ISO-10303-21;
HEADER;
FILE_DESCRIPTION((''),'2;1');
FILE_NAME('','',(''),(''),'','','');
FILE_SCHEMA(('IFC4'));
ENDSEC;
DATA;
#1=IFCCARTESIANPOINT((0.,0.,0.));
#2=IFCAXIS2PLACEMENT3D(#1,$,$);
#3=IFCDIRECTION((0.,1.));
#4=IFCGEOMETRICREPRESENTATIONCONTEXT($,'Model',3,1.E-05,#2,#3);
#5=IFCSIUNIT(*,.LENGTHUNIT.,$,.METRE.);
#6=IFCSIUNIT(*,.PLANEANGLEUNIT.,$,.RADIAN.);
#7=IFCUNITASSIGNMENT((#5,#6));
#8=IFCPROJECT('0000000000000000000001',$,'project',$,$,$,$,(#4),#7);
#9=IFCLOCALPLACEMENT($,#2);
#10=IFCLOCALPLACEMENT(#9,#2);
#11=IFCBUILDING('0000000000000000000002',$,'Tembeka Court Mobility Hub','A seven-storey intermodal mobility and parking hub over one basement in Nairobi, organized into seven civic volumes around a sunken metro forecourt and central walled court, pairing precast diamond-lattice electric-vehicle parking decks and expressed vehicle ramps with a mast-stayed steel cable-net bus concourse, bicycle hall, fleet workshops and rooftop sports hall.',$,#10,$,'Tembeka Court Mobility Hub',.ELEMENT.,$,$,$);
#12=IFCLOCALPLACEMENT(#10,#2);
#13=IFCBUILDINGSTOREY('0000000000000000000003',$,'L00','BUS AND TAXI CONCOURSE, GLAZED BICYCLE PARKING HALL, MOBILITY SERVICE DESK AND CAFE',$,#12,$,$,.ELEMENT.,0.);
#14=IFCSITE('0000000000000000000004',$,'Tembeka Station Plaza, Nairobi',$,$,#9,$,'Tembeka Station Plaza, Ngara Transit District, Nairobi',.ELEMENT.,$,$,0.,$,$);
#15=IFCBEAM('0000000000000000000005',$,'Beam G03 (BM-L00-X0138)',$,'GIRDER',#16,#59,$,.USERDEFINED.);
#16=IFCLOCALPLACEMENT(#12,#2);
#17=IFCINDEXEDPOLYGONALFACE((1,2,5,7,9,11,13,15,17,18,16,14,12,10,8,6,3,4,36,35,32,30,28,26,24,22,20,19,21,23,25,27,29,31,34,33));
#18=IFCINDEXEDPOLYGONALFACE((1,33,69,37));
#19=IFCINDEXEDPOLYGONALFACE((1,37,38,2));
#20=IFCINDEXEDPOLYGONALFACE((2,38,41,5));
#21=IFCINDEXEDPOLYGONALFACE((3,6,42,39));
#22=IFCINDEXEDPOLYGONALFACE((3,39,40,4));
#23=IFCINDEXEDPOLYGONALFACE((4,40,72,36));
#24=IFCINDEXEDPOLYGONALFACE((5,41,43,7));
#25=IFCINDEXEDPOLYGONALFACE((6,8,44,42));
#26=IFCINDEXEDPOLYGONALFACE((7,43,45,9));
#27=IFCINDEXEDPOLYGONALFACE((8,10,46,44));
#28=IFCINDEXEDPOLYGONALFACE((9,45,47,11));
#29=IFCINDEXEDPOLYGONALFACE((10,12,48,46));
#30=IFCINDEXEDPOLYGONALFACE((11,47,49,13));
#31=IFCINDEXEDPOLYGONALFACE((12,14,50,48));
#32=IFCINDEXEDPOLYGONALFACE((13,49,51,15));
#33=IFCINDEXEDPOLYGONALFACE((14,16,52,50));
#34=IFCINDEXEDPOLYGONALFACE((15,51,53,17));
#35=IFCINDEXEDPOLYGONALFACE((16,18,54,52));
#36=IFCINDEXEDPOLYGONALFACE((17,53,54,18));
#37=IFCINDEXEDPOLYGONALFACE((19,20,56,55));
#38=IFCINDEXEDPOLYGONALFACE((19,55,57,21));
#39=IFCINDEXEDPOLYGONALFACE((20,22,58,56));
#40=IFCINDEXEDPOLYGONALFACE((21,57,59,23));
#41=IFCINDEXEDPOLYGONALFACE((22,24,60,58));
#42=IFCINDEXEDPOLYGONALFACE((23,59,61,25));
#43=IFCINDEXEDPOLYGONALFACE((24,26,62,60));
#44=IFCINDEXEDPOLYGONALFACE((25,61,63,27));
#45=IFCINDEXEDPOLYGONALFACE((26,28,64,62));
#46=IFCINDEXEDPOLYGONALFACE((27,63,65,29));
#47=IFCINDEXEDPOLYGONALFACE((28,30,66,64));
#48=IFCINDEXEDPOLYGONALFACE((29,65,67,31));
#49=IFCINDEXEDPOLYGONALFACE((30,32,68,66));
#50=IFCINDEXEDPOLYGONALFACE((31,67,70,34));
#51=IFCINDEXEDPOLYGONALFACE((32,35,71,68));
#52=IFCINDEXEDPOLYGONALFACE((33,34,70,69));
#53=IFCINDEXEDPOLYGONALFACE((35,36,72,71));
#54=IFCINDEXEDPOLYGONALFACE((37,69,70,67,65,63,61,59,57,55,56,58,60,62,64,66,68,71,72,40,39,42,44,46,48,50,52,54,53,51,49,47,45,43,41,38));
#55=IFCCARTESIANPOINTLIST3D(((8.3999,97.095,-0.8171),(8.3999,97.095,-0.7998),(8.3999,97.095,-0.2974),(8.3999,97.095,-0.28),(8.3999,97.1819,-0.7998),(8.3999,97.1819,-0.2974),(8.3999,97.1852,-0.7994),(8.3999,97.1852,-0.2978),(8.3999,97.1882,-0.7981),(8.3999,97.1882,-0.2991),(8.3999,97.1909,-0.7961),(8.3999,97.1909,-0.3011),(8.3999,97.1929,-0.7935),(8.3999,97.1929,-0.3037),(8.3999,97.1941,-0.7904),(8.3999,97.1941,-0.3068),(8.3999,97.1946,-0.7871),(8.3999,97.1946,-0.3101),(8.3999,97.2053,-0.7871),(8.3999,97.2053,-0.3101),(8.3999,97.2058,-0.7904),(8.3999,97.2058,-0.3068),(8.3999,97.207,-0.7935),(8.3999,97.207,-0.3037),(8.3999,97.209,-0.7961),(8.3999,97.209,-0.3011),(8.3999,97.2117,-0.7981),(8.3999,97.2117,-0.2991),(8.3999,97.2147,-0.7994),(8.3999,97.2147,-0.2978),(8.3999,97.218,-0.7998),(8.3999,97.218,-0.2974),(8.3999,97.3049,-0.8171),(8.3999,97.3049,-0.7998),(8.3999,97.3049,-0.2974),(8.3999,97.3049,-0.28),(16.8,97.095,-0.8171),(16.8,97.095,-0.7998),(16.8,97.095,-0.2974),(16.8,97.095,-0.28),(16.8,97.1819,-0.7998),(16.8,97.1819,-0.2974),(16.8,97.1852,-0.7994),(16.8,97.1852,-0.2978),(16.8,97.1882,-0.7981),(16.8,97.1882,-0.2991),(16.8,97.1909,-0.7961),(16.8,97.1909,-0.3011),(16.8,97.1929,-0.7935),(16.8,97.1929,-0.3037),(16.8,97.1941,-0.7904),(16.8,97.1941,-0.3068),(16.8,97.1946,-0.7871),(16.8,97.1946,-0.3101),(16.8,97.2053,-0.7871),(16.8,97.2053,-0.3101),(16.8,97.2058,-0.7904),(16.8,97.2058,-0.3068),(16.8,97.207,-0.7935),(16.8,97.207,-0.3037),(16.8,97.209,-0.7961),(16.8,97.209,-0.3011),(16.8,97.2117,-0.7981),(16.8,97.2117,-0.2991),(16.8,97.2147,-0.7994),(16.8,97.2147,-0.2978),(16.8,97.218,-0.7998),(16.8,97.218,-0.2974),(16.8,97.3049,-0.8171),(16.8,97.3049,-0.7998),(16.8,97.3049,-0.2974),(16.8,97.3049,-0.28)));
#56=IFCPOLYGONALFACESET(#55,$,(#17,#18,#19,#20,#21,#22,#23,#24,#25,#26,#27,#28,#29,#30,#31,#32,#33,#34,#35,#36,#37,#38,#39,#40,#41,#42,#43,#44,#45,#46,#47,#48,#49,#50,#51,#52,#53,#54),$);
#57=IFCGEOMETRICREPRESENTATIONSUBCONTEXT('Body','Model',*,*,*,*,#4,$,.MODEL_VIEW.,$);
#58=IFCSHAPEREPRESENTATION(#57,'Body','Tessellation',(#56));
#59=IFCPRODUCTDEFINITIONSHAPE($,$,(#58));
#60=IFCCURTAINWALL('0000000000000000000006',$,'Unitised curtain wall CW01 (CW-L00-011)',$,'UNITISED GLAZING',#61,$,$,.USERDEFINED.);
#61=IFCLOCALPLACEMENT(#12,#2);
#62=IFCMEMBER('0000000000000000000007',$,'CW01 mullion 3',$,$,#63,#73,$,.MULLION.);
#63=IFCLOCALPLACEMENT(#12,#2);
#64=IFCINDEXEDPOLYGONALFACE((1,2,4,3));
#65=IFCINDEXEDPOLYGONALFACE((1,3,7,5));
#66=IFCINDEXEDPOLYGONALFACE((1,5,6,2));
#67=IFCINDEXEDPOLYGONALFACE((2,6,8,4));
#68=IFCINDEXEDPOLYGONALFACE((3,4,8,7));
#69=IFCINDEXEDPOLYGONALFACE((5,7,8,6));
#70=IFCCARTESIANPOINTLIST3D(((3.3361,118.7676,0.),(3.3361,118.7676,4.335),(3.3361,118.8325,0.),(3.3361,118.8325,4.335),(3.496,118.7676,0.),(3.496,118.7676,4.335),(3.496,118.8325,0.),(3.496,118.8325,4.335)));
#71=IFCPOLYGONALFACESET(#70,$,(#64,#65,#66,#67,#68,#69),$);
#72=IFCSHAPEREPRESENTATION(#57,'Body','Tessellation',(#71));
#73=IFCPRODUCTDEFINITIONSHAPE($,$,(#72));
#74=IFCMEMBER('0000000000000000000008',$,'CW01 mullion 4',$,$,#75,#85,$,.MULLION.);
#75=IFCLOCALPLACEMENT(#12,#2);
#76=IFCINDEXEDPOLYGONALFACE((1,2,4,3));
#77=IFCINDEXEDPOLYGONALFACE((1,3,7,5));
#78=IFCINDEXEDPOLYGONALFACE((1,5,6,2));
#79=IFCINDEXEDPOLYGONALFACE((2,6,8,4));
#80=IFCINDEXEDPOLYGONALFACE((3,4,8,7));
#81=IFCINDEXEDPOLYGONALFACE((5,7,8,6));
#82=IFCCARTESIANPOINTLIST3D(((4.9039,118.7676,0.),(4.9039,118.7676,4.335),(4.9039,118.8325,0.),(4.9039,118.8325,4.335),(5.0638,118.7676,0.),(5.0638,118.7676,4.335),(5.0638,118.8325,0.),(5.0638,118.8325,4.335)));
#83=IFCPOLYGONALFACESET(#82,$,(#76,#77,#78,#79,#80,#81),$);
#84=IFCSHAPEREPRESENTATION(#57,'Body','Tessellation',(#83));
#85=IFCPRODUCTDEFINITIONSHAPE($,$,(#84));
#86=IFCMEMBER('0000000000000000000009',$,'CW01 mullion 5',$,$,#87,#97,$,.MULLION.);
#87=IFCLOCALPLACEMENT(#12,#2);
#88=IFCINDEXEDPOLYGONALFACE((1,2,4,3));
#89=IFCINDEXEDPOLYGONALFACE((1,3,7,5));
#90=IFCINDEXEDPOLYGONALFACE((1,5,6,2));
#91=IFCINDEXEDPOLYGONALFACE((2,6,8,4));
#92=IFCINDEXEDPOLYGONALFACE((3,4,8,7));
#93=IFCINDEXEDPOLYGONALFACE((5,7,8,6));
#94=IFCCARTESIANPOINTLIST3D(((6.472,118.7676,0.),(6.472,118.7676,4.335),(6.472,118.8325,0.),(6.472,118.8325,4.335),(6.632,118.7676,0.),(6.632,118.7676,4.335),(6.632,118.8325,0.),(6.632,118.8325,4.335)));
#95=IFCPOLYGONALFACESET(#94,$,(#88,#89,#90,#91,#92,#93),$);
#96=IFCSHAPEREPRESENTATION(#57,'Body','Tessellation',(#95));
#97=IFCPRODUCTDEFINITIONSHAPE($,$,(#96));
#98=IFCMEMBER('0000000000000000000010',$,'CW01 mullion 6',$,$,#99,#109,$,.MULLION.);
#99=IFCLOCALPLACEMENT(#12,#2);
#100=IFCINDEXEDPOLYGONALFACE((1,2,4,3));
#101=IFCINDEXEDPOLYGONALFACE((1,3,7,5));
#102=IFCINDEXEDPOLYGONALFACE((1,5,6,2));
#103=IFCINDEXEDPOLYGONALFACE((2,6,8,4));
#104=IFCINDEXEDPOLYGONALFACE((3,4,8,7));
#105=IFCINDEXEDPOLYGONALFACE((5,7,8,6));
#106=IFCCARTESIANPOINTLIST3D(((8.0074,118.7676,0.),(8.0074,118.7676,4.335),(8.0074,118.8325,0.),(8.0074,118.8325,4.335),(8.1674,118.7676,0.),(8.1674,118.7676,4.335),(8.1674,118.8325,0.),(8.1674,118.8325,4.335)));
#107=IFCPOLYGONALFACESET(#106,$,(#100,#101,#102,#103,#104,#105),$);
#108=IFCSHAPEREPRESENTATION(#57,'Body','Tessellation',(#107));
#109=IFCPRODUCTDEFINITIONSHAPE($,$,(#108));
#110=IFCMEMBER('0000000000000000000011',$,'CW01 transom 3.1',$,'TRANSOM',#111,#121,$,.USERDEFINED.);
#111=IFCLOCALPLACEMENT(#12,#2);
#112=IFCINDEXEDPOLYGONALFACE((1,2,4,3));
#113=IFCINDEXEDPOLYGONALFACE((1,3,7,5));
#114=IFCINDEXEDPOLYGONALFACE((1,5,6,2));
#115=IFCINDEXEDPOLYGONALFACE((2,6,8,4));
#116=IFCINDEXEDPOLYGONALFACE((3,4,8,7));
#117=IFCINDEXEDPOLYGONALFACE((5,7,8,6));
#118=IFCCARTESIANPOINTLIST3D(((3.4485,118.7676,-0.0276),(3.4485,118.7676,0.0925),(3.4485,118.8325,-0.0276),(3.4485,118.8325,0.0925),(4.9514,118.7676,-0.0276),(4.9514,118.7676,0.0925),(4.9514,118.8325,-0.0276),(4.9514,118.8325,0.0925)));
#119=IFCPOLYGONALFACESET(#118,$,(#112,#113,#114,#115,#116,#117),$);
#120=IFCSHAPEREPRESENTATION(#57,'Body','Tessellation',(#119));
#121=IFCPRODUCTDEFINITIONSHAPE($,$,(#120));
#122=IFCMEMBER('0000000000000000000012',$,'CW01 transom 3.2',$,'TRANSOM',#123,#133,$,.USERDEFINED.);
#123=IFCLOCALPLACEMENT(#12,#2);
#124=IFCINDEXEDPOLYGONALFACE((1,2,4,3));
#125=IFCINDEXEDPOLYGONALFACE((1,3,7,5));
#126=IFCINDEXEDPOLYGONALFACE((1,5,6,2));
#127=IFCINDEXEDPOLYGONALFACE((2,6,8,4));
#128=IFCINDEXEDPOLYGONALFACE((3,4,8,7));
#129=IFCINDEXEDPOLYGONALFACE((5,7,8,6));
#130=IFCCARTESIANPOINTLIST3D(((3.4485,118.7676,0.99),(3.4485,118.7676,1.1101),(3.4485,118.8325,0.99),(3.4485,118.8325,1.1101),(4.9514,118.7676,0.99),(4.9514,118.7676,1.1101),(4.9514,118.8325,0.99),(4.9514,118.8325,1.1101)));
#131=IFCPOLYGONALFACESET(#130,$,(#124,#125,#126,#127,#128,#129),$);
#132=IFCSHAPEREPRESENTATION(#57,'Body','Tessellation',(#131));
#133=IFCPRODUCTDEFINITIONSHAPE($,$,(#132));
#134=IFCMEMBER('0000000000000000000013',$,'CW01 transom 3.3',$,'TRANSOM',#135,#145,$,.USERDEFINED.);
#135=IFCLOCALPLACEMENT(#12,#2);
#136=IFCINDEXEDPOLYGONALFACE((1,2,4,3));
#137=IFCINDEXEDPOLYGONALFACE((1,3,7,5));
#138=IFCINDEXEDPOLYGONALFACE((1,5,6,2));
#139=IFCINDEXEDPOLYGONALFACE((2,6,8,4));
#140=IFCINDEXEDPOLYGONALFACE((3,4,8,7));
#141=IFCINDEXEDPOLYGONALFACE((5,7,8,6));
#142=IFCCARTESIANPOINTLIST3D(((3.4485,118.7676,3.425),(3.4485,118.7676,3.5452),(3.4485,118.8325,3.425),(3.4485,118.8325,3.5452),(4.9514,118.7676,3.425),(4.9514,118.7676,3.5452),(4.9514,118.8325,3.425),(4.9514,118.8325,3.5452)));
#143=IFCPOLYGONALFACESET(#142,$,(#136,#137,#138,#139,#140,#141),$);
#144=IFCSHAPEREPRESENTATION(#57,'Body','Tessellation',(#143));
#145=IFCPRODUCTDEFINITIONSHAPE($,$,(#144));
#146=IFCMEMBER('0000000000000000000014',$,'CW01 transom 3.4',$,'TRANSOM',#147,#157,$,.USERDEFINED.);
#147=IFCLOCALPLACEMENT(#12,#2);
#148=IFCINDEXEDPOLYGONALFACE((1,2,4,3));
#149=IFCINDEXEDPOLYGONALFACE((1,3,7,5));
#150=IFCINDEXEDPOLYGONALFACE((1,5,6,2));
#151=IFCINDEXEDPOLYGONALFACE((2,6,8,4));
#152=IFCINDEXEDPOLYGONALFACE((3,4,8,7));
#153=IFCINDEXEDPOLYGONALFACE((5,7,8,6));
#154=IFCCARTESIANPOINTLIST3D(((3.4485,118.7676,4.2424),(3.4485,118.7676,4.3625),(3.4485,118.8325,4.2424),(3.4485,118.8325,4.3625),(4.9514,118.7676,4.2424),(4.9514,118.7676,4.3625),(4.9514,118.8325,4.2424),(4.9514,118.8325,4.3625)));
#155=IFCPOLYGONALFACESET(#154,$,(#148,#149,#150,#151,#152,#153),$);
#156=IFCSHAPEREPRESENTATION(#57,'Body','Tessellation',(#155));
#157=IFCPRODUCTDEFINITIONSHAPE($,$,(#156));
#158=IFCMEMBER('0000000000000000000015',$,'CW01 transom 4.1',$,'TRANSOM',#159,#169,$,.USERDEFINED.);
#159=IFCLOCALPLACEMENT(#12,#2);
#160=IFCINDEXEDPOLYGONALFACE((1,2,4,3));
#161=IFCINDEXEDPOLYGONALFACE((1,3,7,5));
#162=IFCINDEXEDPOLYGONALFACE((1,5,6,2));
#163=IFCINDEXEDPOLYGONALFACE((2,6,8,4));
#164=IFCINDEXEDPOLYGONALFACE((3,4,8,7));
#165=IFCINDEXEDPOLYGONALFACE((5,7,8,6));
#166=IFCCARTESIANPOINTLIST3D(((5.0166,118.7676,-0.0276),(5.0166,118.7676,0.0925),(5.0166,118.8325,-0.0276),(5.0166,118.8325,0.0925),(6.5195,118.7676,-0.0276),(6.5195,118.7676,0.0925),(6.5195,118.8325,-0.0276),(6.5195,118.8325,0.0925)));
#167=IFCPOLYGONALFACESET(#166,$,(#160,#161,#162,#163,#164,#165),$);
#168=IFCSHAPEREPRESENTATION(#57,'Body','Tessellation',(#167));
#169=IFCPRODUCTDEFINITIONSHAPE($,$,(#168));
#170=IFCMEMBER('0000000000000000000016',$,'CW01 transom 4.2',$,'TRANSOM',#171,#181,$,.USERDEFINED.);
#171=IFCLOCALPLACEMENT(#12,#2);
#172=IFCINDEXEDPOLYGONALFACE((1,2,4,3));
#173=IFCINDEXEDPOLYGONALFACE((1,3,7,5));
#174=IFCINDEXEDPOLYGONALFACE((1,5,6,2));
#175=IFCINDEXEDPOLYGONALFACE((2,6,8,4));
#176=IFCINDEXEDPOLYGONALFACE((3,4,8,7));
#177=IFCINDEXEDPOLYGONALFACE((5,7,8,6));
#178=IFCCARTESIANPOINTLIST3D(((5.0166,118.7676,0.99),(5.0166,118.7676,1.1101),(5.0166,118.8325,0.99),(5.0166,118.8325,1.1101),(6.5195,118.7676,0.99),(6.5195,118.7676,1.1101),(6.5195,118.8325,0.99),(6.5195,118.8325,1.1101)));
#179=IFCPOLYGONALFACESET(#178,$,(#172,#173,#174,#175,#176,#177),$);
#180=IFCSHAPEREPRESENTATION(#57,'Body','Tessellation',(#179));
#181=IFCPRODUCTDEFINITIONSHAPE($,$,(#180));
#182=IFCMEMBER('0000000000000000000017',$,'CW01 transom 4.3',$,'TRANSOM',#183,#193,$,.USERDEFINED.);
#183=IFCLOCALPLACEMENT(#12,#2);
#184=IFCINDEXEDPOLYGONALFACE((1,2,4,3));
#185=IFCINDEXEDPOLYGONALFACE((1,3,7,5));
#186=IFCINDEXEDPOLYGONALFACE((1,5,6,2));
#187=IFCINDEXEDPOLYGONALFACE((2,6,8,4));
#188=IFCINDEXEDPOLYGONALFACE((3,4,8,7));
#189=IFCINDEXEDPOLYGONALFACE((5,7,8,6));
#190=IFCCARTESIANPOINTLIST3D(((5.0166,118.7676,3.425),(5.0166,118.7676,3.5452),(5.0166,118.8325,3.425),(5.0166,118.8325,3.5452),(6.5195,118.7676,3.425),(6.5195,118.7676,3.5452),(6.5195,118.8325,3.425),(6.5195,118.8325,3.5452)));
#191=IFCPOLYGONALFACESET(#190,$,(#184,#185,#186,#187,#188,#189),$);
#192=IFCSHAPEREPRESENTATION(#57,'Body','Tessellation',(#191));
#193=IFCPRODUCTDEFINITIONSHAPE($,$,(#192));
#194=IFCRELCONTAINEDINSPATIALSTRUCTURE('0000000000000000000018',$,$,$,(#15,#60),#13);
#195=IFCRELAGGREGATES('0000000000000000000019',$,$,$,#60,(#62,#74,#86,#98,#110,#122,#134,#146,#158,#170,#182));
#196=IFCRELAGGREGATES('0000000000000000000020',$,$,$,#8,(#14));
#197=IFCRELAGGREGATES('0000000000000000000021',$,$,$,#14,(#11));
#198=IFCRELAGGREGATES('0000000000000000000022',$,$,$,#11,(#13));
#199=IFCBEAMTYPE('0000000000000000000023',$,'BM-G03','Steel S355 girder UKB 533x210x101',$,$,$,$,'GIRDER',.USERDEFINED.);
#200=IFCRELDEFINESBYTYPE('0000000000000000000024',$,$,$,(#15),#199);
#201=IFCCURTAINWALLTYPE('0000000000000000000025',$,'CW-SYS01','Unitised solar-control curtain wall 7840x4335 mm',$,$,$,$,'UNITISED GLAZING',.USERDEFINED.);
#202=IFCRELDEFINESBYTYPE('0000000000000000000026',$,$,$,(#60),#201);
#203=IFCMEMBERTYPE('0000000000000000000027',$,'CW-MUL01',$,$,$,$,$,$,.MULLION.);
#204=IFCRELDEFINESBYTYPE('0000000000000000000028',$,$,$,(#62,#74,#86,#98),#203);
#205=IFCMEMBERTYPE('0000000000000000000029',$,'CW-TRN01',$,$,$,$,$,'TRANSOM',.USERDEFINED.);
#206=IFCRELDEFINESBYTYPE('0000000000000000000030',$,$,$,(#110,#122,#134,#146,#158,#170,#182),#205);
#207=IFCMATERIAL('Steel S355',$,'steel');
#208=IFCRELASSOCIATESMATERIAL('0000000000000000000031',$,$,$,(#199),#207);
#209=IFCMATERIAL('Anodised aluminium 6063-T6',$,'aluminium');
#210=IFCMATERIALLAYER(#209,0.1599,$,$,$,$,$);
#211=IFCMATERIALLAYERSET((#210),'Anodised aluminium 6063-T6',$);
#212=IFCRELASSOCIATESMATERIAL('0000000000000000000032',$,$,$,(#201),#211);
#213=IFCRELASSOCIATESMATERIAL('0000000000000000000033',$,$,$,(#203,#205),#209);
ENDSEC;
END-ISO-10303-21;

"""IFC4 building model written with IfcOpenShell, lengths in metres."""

from ifc_helpers import new_model, si_unit, direction, frame, origin, origin_2d, place, context, subcontext, project, spatial, rectangle, i_section, extrude, material, layer, layer_set, material_profile, profile_set, type_object, element, aggregate, save


model = new_model("IFC4")

# Units and contexts
model_context = context("Model", 3, precision=1e-05, world=origin(), true_north=direction((0.0, 1.0)))
body_context = subcontext(model_context, "Body", "Model", "MODEL_VIEW")
ifc_project = project(units=[si_unit("LENGTHUNIT", "METRE"), si_unit("PLANEANGLEUNIT", "RADIAN")], contexts=[model_context])

# Site, building, storey
site_placement = place(None, origin())
site = spatial("IfcSite", under=ifc_project, at=site_placement, Name="Tembeka Station Plaza, Nairobi", LongName="Tembeka Station Plaza, Ngara Transit District, Nairobi", CompositionType="ELEMENT", RefElevation=0.0)
building_placement = place(site_placement, origin())
building = spatial("IfcBuilding", under=site, at=building_placement, Name="Tembeka Court Mobility Hub", Description="A seven-storey intermodal mobility and parking hub over one basement in Nairobi, organized into seven civic volumes around a sunken metro forecourt and central walled court, pairing precast diamond-lattice electric-vehicle parking decks and expressed vehicle ramps with a mast-stayed steel cable-net bus concourse, bicycle hall, fleet workshops and rooftop sports hall.", LongName="Tembeka Court Mobility Hub", CompositionType="ELEMENT")
storey_placement = place(building_placement, origin())
storey = spatial("IfcBuildingStorey", under=building, at=storey_placement, Name="L00", Description="BUS AND TAXI CONCOURSE, GLAZED BICYCLE PARKING HALL, MOBILITY SERVICE DESK AND CAFE", CompositionType="ELEMENT", Elevation=0.0)

# Shared definitions
ifc_material_1 = material(Name="Steel S355", Category="steel")

# Beam
ifc_material_profile_1 = material_profile(ifc_material_1, i_section(OverallWidth=0.21, OverallDepth=0.5371, WebThickness=0.0107, FlangeThickness=0.0173, FilletRadius=0.0127, at=origin_2d()), Name="UKB 533x210x101")
ifc_profile_set_1 = profile_set([ifc_material_profile_1], Name="Steel S355")
beam_type_1 = type_object("IfcBeamType", Name="BM-G03", Description="Steel S355 girder UKB 533x210x101", ElementType="GIRDER", PredefinedType="USERDEFINED", material=ifc_profile_set_1)
beam_1_placement = place(storey_placement, frame((8.3999, 97.2, -0.5486), z_axis=(1.0, 0.0, 0.0), x_axis=(0.0, 1.0, 0.0)))
element("IfcBeam", 1, at=beam_1_placement, inside=storey, type_object=beam_type_1, Name="Beam G03 (BM-L00-X0138)", ObjectType="GIRDER", PredefinedType="USERDEFINED", context=body_context, shape_type="SweptSolid", body=[
    extrude(i_section(OverallWidth=0.21, OverallDepth=0.5371, WebThickness=0.0107, FlangeThickness=0.0173, FilletRadius=0.0127, at=origin_2d()), origin(), (0.0, 0.0, 1.0), 8.4001),
])

# Curtain wall, members
ifc_material_2 = material(Name="Anodised aluminium 6063-T6", Category="aluminium")
ifc_layer_1 = layer(ifc_material_2, 0.1599)
ifc_layer_set_1 = layer_set([ifc_layer_1], Name="Anodised aluminium 6063-T6")
curtain_wall_type = type_object("IfcCurtainWallType", Name="CW-SYS01", Description="Unitised solar-control curtain wall 7840x4335 mm", ElementType="UNITISED GLAZING", PredefinedType="USERDEFINED", material=ifc_layer_set_1)
curtain_wall_placement = place(storey_placement, origin())
curtain_wall = element("IfcCurtainWall", 2, at=curtain_wall_placement, inside=storey, type_object=curtain_wall_type, Name="Unitised curtain wall CW01 (CW-L00-011)", ObjectType="UNITISED GLAZING", PredefinedType="USERDEFINED")
ifc_material_profile_2 = material_profile(ifc_material_2, rectangle(XDim=0.0649, YDim=0.1599, at=origin_2d()), Name="ALU-MUL 65x160")
ifc_profile_set_2 = profile_set([ifc_material_profile_2], Name="Anodised aluminium 6063-T6")
member_type_1 = type_object("IfcMemberType", Name="CW-MUL01", PredefinedType="MULLION", material=ifc_profile_set_2)
member_1_placement = place(storey_placement, frame((3.416, 118.8, 0.0), z_axis=(0.0, 0.0, 1.0), x_axis=(0.0, 1.0, 0.0)))
member_1 = element("IfcMember", 3, at=member_1_placement, type_object=member_type_1, Name="CW01 mullion 3", PredefinedType="MULLION", context=body_context, shape_type="SweptSolid", body=[
    extrude(rectangle(XDim=0.0649, YDim=0.1599, at=origin_2d()), origin(), (0.0, 0.0, 1.0), 4.335),
])
member_2_placement = place(storey_placement, frame((4.9839, 118.8, 0.0), z_axis=(0.0, 0.0, 1.0), x_axis=(0.0, 1.0, 0.0)))
member_2 = element("IfcMember", 4, at=member_2_placement, type_object=member_type_1, Name="CW01 mullion 4", PredefinedType="MULLION", context=body_context, shape_type="SweptSolid", body=[
    extrude(rectangle(XDim=0.0649, YDim=0.1599, at=origin_2d()), origin(), (0.0, 0.0, 1.0), 4.335),
])
member_3_placement = place(storey_placement, frame((6.552, 118.8, 0.0), z_axis=(0.0, 0.0, 1.0), x_axis=(0.0, 1.0, 0.0)))
member_3 = element("IfcMember", 5, at=member_3_placement, type_object=member_type_1, Name="CW01 mullion 5", PredefinedType="MULLION", context=body_context, shape_type="SweptSolid", body=[
    extrude(rectangle(XDim=0.0649, YDim=0.1599, at=origin_2d()), origin(), (0.0, 0.0, 1.0), 4.335),
])
member_4_placement = place(storey_placement, frame((8.0874, 118.8, 0.0), z_axis=(0.0, 0.0, 1.0), x_axis=(0.0, 1.0, 0.0)))
member_4 = element("IfcMember", 6, at=member_4_placement, type_object=member_type_1, Name="CW01 mullion 6", PredefinedType="MULLION", context=body_context, shape_type="SweptSolid", body=[
    extrude(rectangle(XDim=0.0649, YDim=0.1599, at=origin_2d()), origin(), (0.0, 0.0, 1.0), 4.335),
])
ifc_material_profile_3 = material_profile(ifc_material_2, rectangle(XDim=0.0649, YDim=0.1201, at=origin_2d()), Name="ALU-TRN 65x120")
ifc_profile_set_3 = profile_set([ifc_material_profile_3], Name="Anodised aluminium 6063-T6")
member_type_2 = type_object("IfcMemberType", Name="CW-TRN01", ElementType="TRANSOM", PredefinedType="USERDEFINED", material=ifc_profile_set_3)
member_5_placement = place(storey_placement, frame((3.4485, 118.8, 0.0325), z_axis=(1.0, 0.0, 0.0), x_axis=(0.0, 1.0, 0.0)))
member_5 = element("IfcMember", 7, at=member_5_placement, type_object=member_type_2, Name="CW01 transom 3.1", ObjectType="TRANSOM", PredefinedType="USERDEFINED", context=body_context, shape_type="SweptSolid", body=[
    extrude(rectangle(XDim=0.0649, YDim=0.1201, at=origin_2d()), origin(), (0.0, 0.0, 1.0), 1.5029),
])
member_6_placement = place(storey_placement, frame((3.4485, 118.8, 1.05), z_axis=(1.0, 0.0, 0.0), x_axis=(0.0, 1.0, 0.0)))
member_6 = element("IfcMember", 8, at=member_6_placement, type_object=member_type_2, Name="CW01 transom 3.2", ObjectType="TRANSOM", PredefinedType="USERDEFINED", context=body_context, shape_type="SweptSolid", body=[
    extrude(rectangle(XDim=0.0649, YDim=0.1201, at=origin_2d()), origin(), (0.0, 0.0, 1.0), 1.5029),
])
member_7_placement = place(storey_placement, frame((3.4485, 118.8, 3.4851), z_axis=(1.0, 0.0, 0.0), x_axis=(0.0, 1.0, 0.0)))
member_7 = element("IfcMember", 9, at=member_7_placement, type_object=member_type_2, Name="CW01 transom 3.3", ObjectType="TRANSOM", PredefinedType="USERDEFINED", context=body_context, shape_type="SweptSolid", body=[
    extrude(rectangle(XDim=0.0649, YDim=0.1201, at=origin_2d()), origin(), (0.0, 0.0, 1.0), 1.5029),
])
member_8_placement = place(storey_placement, frame((3.4485, 118.8, 4.3025), z_axis=(1.0, 0.0, 0.0), x_axis=(0.0, 1.0, 0.0)))
member_8 = element("IfcMember", 10, at=member_8_placement, type_object=member_type_2, Name="CW01 transom 3.4", ObjectType="TRANSOM", PredefinedType="USERDEFINED", context=body_context, shape_type="SweptSolid", body=[
    extrude(rectangle(XDim=0.0649, YDim=0.1201, at=origin_2d()), origin(), (0.0, 0.0, 1.0), 1.5029),
])
member_9_placement = place(storey_placement, frame((5.0166, 118.8, 0.0325), z_axis=(1.0, 0.0, 0.0), x_axis=(0.0, 1.0, 0.0)))
member_9 = element("IfcMember", 11, at=member_9_placement, type_object=member_type_2, Name="CW01 transom 4.1", ObjectType="TRANSOM", PredefinedType="USERDEFINED", context=body_context, shape_type="SweptSolid", body=[
    extrude(rectangle(XDim=0.0649, YDim=0.1201, at=origin_2d()), origin(), (0.0, 0.0, 1.0), 1.5029),
])
member_10_placement = place(storey_placement, frame((5.0166, 118.8, 1.05), z_axis=(1.0, 0.0, 0.0), x_axis=(0.0, 1.0, 0.0)))
member_10 = element("IfcMember", 12, at=member_10_placement, type_object=member_type_2, Name="CW01 transom 4.2", ObjectType="TRANSOM", PredefinedType="USERDEFINED", context=body_context, shape_type="SweptSolid", body=[
    extrude(rectangle(XDim=0.0649, YDim=0.1201, at=origin_2d()), origin(), (0.0, 0.0, 1.0), 1.5029),
])
member_11_placement = place(storey_placement, frame((5.0166, 118.8, 3.4851), z_axis=(1.0, 0.0, 0.0), x_axis=(0.0, 1.0, 0.0)))
member_11 = element("IfcMember", 13, at=member_11_placement, type_object=member_type_2, Name="CW01 transom 4.3", ObjectType="TRANSOM", PredefinedType="USERDEFINED", context=body_context, shape_type="SweptSolid", body=[
    extrude(rectangle(XDim=0.0649, YDim=0.1201, at=origin_2d()), origin(), (0.0, 0.0, 1.0), 1.5029),
])
aggregate(curtain_wall, [member_1, member_2, member_3, member_4, member_5, member_6, member_7, member_8, member_9, member_10, member_11])

save(model, "model.ifc")
